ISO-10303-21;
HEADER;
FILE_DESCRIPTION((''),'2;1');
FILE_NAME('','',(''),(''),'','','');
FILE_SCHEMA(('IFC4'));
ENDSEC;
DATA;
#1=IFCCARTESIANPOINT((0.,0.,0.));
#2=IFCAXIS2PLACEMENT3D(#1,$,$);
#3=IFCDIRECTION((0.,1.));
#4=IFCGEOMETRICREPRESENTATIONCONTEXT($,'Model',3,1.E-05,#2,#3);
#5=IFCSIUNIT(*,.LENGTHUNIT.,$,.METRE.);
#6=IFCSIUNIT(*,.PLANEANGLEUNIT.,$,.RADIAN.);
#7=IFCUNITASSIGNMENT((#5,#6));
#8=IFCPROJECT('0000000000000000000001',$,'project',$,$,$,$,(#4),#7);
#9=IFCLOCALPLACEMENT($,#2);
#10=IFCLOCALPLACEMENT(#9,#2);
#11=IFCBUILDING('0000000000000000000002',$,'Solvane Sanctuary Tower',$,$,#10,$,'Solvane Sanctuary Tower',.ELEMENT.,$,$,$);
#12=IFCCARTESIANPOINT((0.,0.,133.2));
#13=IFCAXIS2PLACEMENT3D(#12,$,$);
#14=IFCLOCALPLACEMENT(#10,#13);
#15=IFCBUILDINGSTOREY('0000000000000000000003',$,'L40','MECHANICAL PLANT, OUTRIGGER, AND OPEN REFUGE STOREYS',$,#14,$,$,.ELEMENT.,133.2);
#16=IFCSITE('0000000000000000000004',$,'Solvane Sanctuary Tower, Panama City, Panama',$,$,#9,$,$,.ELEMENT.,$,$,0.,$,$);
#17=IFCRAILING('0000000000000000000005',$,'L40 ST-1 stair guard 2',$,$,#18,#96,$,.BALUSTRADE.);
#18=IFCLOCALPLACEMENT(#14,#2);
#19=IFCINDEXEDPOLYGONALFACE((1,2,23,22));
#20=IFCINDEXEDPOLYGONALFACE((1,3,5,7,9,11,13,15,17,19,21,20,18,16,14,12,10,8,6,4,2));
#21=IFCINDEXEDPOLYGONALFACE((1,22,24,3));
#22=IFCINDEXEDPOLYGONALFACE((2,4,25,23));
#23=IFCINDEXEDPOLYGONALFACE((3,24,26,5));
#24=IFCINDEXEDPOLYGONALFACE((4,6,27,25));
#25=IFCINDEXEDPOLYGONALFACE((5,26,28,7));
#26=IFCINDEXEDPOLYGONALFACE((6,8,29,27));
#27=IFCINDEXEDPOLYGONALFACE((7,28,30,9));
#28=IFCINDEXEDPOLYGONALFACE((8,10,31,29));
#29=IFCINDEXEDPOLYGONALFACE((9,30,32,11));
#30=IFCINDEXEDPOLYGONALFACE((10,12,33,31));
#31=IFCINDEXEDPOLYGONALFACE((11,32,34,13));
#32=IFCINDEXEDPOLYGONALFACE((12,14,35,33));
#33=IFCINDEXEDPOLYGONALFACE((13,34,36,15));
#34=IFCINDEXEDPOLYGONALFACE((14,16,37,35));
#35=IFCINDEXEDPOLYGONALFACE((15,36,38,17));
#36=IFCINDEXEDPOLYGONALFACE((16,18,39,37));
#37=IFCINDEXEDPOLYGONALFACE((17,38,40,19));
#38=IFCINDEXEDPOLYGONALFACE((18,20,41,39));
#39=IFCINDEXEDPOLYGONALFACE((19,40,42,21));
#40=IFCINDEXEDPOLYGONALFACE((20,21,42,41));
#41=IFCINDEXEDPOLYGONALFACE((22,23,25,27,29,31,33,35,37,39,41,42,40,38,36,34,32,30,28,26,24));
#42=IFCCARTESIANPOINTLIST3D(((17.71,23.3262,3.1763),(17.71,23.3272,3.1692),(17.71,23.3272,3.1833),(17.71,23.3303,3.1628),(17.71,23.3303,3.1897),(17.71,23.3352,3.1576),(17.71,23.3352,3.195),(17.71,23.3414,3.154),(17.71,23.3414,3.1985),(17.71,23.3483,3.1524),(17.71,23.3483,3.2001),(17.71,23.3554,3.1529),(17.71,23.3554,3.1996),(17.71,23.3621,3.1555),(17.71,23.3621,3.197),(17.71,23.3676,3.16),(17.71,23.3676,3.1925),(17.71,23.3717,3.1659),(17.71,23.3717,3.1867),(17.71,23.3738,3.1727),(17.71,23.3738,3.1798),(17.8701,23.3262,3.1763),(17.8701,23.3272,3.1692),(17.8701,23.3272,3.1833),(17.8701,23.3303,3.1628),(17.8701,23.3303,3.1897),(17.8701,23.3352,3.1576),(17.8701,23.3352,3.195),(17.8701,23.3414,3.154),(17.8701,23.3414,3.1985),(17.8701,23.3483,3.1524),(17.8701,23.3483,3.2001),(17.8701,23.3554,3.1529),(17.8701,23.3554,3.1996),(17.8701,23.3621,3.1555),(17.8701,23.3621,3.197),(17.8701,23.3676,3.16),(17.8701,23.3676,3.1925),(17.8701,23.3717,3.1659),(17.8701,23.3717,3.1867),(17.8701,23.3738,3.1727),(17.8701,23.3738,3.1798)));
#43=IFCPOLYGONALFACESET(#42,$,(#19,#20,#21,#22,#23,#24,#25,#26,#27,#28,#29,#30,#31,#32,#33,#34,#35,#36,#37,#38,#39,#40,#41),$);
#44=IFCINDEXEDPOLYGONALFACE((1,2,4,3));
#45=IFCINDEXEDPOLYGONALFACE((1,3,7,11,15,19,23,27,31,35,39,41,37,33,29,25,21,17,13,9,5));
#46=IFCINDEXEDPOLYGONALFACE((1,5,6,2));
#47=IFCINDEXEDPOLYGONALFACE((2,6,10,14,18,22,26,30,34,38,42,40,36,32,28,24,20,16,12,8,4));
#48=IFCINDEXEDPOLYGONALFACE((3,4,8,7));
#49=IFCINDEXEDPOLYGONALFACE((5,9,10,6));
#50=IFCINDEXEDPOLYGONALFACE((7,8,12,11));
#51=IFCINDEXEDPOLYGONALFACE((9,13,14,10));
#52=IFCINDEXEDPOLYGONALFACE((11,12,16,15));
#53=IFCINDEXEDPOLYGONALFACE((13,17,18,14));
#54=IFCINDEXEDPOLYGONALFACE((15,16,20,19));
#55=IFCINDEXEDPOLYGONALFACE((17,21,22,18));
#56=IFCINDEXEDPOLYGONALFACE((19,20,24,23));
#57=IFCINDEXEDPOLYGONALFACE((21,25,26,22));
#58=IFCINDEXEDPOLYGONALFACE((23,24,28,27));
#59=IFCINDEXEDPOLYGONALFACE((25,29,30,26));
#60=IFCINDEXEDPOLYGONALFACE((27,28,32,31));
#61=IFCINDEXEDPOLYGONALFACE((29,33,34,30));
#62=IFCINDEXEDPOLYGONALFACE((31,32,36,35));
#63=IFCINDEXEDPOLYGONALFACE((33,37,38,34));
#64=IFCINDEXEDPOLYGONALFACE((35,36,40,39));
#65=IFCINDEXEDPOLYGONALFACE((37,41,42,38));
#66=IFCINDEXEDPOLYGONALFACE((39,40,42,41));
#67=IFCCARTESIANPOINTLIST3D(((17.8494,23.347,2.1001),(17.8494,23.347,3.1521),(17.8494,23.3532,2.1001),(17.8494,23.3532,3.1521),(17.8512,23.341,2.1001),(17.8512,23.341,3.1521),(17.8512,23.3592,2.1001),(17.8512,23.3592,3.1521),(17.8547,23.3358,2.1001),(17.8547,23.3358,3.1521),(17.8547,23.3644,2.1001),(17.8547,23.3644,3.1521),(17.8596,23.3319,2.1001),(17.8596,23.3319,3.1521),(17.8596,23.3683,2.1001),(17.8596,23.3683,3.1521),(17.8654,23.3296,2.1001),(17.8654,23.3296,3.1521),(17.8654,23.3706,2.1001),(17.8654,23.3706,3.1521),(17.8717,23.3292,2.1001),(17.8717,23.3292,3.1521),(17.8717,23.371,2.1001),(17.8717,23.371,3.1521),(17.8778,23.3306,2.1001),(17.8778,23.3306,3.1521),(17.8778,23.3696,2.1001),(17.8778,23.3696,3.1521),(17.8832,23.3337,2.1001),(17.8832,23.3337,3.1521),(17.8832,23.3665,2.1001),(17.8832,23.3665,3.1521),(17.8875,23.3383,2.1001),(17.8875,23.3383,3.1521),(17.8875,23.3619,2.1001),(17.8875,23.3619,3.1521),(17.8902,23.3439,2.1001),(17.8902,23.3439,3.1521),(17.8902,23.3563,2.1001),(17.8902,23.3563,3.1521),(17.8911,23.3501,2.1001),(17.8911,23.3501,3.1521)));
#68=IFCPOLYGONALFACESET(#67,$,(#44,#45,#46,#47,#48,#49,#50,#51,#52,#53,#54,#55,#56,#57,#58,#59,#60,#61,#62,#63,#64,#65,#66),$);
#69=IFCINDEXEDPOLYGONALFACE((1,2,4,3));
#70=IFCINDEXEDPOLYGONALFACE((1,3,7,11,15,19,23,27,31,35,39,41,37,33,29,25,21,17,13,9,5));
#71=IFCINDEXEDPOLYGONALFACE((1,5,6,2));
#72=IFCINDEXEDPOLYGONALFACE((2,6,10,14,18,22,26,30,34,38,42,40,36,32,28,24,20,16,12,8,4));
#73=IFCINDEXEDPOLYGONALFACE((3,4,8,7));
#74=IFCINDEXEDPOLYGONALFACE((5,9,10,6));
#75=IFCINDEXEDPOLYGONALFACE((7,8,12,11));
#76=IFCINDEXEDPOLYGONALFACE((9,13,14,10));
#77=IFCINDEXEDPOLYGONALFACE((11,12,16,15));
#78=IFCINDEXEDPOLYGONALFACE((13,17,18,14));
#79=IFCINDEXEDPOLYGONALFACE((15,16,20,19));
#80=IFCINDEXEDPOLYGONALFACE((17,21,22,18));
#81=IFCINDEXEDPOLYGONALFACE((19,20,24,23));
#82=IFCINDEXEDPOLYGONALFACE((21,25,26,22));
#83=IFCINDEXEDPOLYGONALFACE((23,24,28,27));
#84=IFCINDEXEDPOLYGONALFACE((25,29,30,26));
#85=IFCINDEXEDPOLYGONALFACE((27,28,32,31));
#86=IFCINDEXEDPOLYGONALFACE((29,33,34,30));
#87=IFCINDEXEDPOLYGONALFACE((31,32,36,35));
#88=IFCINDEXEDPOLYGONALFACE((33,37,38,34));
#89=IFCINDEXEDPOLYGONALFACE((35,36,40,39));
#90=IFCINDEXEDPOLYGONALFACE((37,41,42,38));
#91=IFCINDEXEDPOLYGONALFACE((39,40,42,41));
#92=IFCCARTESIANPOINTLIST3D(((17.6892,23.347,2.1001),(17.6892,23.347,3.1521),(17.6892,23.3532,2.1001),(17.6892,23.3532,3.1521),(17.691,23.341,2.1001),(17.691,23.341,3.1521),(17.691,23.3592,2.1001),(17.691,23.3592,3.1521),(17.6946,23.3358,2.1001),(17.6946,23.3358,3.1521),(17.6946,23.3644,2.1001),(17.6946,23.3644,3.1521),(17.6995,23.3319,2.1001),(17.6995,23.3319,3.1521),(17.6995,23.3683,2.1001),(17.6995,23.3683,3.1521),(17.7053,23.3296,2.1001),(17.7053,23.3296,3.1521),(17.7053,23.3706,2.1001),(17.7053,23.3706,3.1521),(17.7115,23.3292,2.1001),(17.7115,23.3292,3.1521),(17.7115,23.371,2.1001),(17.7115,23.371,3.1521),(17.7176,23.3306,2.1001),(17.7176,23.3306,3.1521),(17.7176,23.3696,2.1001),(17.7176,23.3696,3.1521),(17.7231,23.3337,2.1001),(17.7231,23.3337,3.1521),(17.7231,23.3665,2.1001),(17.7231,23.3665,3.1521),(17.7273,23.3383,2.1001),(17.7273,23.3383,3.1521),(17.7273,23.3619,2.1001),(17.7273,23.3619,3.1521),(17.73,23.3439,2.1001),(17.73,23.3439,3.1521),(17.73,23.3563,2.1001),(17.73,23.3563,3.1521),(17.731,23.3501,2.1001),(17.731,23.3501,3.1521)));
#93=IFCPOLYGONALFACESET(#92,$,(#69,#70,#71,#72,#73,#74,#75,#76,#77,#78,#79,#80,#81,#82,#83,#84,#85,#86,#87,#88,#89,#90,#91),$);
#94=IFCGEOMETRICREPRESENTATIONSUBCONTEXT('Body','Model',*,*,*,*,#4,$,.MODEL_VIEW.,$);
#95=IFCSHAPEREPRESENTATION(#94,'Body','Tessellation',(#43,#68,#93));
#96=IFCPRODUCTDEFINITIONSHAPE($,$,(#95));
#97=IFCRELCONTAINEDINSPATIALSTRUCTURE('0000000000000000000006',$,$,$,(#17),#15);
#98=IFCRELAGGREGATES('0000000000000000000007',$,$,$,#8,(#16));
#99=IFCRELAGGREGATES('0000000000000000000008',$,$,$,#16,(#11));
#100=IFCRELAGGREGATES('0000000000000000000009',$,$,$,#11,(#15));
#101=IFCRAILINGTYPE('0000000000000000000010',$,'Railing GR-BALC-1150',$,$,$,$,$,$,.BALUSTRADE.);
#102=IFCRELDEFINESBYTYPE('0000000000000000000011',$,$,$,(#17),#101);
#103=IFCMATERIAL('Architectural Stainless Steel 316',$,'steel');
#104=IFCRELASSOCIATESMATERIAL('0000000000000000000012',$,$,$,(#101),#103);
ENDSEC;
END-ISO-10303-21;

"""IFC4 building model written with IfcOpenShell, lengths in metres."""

from ifc_helpers import new_model, si_unit, direction, frame, origin, origin_2d, place, context, subcontext, project, spatial, circle, extrude, material, type_object, element, save


model = new_model("IFC4")

# Units and contexts
model_context = context("Model", 3, precision=1e-05, world=origin(), true_north=direction((0.0, 1.0)))
body_context = subcontext(model_context, "Body", "Model", "MODEL_VIEW")
ifc_project = project(units=[si_unit("LENGTHUNIT", "METRE"), si_unit("PLANEANGLEUNIT", "RADIAN")], contexts=[model_context])

# Site, building, storey
site_placement = place(None, origin())
site = spatial("IfcSite", under=ifc_project, at=site_placement, Name="Solvane Sanctuary Tower, Panama City, Panama", CompositionType="ELEMENT", RefElevation=0.0)
building_placement = place(site_placement, origin())
building = spatial("IfcBuilding", under=site, at=building_placement, Name="Solvane Sanctuary Tower", LongName="Solvane Sanctuary Tower", CompositionType="ELEMENT")
storey_placement = place(building_placement, frame((0.0, 0.0, 133.2)))
storey = spatial("IfcBuildingStorey", under=building, at=storey_placement, Name="L40", Description="MECHANICAL PLANT, OUTRIGGER, AND OPEN REFUGE STOREYS", CompositionType="ELEMENT", Elevation=133.2)

# Shared definitions
ifc_material_1 = material(Name="Architectural Stainless Steel 316", Category="steel")

# Railing
railing_type_1 = type_object("IfcRailingType", Name="Railing GR-BALC-1150", PredefinedType="BALUSTRADE", material=ifc_material_1)
railing_1_placement = place(storey_placement, frame((17.8701, 23.3501, 2.1001)))
element("IfcRailing", 1, at=railing_1_placement, inside=storey, type_object=railing_type_1, Name="L40 ST-1 stair guard 2", PredefinedType="BALUSTRADE", context=body_context, shape_type="SweptSolid", body=[
    extrude(circle(Radius=0.0239, at=origin_2d()), frame((0.0, 0.0, 1.0762), z_axis=(-1.0, 0.0, 0.0), x_axis=(0.0, -1.0, 0.0)), (0.0, 0.0, 1.0), 0.1602),
    extrude(circle(Radius=0.021, at=origin_2d()), origin(), (0.0, 0.0, 1.0), 1.052),
    extrude(circle(Radius=0.021, at=origin_2d()), frame((-0.1602, 0.0, 0.0)), (0.0, 0.0, 1.0), 1.052),
])

save(model, "model.ifc")
